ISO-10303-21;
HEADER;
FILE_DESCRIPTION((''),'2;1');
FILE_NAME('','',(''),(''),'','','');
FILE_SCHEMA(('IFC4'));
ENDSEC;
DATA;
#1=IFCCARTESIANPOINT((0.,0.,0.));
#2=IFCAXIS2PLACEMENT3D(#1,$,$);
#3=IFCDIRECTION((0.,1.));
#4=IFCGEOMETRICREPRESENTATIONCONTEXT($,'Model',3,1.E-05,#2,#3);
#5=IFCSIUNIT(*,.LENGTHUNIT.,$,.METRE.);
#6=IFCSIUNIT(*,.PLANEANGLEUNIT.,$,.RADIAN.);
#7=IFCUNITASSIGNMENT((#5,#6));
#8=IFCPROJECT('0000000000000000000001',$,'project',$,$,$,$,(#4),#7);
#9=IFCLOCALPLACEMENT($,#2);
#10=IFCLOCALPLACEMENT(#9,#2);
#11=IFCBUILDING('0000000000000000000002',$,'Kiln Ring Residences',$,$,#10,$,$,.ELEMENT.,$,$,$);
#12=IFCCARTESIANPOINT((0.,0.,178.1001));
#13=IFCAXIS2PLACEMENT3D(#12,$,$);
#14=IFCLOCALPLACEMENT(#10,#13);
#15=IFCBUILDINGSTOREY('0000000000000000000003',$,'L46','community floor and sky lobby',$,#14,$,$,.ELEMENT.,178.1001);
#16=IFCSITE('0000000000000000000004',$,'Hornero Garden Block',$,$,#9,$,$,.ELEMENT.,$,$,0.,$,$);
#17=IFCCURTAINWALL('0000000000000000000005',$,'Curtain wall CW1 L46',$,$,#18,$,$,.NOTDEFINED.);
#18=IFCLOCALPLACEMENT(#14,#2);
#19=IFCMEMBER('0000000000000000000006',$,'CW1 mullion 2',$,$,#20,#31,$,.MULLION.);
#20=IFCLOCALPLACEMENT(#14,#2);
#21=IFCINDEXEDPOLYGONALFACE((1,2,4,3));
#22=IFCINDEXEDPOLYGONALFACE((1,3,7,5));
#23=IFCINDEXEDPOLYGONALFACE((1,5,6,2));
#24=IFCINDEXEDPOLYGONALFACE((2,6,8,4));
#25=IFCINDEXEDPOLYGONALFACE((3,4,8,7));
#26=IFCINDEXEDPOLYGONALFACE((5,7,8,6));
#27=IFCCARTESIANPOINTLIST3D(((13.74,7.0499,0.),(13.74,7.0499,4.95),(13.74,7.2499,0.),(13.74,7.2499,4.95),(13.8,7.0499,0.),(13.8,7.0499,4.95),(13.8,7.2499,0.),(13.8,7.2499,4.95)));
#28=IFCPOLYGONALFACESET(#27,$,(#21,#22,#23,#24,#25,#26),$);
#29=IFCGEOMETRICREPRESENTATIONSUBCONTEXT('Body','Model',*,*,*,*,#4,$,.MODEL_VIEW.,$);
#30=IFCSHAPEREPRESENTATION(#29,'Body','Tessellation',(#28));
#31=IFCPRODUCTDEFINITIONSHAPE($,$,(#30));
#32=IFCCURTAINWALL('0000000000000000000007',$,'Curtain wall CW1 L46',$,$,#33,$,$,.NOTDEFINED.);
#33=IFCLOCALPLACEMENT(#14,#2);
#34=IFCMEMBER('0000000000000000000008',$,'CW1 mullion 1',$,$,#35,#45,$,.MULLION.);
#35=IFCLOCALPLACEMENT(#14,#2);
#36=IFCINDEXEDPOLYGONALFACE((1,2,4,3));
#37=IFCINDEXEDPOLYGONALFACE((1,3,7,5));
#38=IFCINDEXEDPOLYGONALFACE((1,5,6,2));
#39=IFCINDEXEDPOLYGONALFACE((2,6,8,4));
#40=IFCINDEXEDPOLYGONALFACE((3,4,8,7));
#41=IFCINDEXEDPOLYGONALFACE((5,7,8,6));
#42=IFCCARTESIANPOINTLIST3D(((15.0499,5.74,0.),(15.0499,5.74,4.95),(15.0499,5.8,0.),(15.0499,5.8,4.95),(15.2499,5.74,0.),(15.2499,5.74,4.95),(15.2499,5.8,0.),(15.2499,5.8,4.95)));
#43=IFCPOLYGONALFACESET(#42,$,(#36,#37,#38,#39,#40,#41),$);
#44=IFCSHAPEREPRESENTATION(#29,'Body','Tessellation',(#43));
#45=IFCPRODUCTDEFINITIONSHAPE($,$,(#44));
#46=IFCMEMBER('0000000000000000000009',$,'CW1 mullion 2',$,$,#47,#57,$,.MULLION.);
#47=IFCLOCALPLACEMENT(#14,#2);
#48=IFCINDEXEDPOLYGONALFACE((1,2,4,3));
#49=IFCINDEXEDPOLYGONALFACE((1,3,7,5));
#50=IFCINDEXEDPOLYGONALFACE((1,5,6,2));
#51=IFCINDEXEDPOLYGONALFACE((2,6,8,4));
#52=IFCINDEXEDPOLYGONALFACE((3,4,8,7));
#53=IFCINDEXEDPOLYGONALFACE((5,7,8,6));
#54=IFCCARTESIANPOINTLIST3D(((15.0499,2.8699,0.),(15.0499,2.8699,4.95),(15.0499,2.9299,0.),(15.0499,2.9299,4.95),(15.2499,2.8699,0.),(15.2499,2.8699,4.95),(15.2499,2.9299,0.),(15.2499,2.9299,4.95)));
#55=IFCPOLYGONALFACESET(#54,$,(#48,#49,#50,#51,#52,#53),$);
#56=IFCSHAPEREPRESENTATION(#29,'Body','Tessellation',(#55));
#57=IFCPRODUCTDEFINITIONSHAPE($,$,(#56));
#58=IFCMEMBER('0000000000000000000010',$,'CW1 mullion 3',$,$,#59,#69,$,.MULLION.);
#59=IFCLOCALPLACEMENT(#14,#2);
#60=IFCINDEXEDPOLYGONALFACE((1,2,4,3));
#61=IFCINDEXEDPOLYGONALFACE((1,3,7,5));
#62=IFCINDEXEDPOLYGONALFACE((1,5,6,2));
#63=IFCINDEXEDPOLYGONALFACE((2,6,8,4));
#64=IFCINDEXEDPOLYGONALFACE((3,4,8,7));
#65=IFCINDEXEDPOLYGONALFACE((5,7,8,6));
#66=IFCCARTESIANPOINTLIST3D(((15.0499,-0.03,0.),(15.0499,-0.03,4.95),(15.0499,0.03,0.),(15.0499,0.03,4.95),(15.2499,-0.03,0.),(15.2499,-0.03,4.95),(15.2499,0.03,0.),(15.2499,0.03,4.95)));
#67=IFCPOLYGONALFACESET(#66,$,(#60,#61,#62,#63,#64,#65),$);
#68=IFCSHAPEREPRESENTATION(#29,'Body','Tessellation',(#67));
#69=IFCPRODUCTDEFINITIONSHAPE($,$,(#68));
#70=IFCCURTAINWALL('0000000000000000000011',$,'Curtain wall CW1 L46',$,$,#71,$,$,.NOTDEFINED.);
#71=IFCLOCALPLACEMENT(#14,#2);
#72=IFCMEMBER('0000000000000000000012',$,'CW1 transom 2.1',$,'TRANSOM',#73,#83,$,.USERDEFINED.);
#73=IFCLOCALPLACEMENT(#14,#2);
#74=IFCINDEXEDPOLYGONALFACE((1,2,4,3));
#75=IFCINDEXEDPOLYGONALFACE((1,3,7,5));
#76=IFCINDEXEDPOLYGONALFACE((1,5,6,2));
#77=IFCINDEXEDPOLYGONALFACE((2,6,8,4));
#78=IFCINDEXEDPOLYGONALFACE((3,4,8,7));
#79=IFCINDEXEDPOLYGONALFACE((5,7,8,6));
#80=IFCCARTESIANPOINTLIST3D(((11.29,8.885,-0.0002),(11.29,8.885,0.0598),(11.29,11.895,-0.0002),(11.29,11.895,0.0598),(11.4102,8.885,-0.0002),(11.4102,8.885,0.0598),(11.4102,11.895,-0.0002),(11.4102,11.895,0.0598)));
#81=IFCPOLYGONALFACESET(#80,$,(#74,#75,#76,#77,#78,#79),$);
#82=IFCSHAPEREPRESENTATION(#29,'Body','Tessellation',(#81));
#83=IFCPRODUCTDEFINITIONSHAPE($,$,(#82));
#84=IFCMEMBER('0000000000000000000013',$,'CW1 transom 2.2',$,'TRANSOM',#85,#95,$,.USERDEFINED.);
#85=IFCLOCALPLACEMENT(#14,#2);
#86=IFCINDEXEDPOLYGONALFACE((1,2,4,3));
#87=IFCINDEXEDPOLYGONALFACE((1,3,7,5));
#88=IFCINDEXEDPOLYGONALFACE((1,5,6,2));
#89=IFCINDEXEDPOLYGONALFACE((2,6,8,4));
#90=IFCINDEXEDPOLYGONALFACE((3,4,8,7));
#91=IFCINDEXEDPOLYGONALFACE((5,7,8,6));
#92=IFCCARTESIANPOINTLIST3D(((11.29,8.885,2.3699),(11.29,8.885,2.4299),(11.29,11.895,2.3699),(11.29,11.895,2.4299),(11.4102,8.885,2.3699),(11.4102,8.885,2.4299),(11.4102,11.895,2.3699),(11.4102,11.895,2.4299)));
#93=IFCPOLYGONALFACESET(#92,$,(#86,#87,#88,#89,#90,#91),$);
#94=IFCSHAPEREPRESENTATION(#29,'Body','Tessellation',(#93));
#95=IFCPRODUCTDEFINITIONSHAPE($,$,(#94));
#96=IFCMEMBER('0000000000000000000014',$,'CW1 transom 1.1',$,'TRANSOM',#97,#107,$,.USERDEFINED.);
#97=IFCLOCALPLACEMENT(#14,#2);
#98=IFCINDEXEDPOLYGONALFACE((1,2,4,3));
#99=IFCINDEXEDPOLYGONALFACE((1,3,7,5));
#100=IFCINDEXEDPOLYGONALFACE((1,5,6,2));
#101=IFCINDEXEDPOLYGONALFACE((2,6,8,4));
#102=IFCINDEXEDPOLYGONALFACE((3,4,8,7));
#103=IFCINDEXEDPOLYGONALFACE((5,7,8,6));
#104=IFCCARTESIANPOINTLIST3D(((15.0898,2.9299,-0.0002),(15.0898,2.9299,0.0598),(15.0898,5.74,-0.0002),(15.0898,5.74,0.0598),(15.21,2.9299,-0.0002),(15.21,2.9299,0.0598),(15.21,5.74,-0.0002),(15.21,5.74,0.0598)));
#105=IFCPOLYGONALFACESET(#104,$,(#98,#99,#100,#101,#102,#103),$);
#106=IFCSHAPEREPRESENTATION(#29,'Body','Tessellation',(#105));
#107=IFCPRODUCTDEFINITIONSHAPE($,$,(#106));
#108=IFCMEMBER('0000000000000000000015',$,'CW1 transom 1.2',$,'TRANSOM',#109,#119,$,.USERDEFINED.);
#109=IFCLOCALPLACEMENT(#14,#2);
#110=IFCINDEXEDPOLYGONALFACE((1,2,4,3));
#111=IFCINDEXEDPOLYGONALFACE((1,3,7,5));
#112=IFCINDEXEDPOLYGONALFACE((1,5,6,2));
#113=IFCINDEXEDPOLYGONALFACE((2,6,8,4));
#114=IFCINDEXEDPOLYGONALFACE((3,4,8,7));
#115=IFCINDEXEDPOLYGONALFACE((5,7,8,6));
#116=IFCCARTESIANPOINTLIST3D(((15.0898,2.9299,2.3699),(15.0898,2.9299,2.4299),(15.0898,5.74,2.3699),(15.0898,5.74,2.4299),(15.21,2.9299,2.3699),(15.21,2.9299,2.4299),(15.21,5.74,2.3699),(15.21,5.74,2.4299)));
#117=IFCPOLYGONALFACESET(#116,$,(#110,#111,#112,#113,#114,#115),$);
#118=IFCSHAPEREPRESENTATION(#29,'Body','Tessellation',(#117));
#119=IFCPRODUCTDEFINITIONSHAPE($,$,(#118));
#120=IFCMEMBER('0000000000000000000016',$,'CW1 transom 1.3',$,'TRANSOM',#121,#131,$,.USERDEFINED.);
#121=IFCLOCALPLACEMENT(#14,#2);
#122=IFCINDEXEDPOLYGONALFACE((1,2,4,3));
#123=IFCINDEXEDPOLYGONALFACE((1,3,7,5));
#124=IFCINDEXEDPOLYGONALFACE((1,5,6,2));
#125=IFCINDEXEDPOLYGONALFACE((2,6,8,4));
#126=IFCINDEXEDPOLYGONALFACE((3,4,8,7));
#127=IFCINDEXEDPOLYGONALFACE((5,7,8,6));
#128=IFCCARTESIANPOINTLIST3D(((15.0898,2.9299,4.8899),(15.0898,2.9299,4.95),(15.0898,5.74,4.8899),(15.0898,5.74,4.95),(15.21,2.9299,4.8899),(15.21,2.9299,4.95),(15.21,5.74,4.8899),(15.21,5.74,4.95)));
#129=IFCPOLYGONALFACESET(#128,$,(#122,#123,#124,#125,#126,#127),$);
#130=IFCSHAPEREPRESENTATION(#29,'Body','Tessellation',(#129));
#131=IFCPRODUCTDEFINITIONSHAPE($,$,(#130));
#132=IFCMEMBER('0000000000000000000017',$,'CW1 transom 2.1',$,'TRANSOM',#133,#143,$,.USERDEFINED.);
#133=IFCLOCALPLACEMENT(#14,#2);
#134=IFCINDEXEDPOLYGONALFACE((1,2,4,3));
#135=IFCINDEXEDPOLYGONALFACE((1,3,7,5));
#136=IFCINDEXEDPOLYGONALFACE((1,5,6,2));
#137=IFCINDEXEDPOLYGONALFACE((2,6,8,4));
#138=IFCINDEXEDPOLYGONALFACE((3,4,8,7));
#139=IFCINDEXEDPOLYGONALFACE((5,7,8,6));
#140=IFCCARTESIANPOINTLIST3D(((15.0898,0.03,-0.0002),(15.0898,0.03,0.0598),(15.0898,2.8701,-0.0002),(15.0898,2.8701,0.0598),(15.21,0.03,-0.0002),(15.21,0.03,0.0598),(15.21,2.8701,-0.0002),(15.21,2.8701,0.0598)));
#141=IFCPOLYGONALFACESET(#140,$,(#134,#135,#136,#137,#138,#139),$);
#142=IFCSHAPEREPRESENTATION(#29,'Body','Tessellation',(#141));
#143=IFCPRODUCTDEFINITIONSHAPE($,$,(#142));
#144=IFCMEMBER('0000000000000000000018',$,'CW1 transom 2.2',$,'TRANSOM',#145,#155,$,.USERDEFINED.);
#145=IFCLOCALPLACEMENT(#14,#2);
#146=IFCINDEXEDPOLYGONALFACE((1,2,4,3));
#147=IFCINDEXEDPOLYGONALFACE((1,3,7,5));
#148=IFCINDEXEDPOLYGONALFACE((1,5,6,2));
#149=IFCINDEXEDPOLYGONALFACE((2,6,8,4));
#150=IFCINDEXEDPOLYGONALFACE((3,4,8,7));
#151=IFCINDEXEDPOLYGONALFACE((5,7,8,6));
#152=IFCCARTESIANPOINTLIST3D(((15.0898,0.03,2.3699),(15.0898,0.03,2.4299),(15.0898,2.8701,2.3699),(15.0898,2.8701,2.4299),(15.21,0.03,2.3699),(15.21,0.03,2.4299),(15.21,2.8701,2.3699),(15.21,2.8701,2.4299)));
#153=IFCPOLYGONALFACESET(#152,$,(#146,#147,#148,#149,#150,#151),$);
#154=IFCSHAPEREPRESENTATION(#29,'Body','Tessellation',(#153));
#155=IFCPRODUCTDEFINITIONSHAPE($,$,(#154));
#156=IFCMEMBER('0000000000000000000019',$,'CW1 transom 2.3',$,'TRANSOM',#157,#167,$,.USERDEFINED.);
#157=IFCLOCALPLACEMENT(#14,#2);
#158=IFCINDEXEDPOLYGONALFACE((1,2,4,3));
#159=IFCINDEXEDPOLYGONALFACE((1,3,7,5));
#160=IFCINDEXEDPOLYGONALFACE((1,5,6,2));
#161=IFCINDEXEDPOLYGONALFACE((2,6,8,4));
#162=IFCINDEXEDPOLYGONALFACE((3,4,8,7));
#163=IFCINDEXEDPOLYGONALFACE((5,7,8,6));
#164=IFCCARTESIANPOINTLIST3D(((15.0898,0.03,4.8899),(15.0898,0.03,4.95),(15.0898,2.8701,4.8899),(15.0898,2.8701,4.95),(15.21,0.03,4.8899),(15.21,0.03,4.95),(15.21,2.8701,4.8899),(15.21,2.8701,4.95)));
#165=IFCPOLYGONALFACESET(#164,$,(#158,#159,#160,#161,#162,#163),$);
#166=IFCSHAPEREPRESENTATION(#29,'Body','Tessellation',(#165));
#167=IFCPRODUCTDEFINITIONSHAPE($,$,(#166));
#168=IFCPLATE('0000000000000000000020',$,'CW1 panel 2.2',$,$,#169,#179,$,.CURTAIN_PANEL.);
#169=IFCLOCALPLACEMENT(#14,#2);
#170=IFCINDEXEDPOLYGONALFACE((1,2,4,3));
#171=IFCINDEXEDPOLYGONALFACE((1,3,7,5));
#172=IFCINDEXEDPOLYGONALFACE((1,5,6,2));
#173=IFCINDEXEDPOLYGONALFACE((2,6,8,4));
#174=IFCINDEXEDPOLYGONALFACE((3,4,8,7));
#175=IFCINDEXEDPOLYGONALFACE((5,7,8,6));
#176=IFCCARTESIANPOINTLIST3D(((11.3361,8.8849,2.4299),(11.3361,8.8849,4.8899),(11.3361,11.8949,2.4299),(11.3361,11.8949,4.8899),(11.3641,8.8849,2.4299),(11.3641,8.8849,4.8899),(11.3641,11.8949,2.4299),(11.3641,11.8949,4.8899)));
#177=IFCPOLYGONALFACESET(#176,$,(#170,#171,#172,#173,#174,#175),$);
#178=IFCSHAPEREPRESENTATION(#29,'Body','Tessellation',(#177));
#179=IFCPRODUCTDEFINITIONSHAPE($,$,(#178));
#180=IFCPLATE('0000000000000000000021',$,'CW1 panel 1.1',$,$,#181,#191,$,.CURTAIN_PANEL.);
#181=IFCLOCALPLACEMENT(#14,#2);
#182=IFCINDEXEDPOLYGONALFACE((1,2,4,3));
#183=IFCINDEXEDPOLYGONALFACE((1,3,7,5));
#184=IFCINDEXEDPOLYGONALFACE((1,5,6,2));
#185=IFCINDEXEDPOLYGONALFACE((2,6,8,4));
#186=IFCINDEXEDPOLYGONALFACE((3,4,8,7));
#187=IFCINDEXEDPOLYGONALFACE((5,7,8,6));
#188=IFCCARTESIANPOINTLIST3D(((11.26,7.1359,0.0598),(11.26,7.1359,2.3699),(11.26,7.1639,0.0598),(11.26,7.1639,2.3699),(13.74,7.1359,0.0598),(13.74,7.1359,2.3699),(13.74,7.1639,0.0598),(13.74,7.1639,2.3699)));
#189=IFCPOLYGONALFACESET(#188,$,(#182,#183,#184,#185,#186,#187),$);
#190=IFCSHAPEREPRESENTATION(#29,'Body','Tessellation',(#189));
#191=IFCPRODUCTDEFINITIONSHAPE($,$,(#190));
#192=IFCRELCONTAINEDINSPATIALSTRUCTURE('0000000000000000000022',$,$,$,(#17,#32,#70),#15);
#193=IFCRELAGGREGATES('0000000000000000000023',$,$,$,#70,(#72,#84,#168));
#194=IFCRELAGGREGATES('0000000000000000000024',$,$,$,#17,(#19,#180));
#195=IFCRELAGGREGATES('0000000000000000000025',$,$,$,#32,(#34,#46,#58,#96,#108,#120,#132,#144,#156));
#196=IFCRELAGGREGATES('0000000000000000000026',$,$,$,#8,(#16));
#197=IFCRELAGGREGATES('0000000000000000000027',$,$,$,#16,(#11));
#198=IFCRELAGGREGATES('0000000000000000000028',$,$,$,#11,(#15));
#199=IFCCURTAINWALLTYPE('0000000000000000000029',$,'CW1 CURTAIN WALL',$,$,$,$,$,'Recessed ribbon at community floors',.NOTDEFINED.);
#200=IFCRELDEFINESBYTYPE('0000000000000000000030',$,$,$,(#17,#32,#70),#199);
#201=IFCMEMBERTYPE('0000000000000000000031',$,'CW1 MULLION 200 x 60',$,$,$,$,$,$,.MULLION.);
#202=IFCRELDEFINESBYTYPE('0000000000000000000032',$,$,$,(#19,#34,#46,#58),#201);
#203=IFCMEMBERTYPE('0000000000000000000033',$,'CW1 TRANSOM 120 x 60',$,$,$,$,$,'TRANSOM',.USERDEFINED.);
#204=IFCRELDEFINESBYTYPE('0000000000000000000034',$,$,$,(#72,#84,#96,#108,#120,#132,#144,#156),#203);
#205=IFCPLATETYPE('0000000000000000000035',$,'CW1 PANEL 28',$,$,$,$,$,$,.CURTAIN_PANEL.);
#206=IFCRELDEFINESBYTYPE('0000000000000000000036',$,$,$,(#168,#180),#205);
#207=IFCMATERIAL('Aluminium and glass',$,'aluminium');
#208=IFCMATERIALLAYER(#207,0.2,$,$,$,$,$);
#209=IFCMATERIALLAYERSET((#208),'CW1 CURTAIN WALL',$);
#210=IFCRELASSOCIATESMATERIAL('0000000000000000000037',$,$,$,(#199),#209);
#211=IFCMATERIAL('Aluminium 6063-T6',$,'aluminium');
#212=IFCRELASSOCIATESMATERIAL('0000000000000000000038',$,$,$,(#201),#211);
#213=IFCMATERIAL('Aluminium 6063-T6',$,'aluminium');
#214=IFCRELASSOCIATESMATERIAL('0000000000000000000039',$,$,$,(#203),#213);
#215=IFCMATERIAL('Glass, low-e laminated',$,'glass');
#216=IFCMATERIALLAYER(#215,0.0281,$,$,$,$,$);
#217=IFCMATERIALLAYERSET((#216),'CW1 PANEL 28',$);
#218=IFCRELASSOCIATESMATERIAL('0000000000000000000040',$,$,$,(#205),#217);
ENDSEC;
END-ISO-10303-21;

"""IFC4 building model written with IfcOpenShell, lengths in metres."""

from ifc_helpers import new_model, si_unit, direction, frame, origin, origin_2d, place, context, subcontext, project, spatial, rectangle, extrude, material, layer, layer_set, material_profile, profile_set, type_object, element, aggregate, save


model = new_model("IFC4")

# Units and contexts
model_context = context("Model", 3, precision=1e-05, world=origin(), true_north=direction((0.0, 1.0)))
body_context = subcontext(model_context, "Body", "Model", "MODEL_VIEW")
ifc_project = project(units=[si_unit("LENGTHUNIT", "METRE"), si_unit("PLANEANGLEUNIT", "RADIAN")], contexts=[model_context])

# Site, building, storey
site_placement = place(None, origin())
site = spatial("IfcSite", under=ifc_project, at=site_placement, Name="Hornero Garden Block", CompositionType="ELEMENT", RefElevation=0.0)
building_placement = place(site_placement, origin())
building = spatial("IfcBuilding", under=site, at=building_placement, Name="Kiln Ring Residences", CompositionType="ELEMENT")
storey_placement = place(building_placement, frame((0.0, 0.0, 178.1001)))
storey = spatial("IfcBuildingStorey", under=building, at=storey_placement, Name="L46", Description="community floor and sky lobby", CompositionType="ELEMENT", Elevation=178.1001)

# Curtain wall, member
ifc_material_1 = material(Name="Aluminium and glass", Category="aluminium")
ifc_layer_1 = layer(ifc_material_1, 0.2)
ifc_layer_set_1 = layer_set([ifc_layer_1], Name="CW1 CURTAIN WALL")
curtain_wall_type = type_object("IfcCurtainWallType", Name="CW1 CURTAIN WALL", ElementType="Recessed ribbon at community floors", PredefinedType="NOTDEFINED", material=ifc_layer_set_1)
placement = place(storey_placement, origin())
curtain_wall_1 = element("IfcCurtainWall", 1, at=placement, inside=storey, type_object=curtain_wall_type, Name="Curtain wall CW1 L46", PredefinedType="NOTDEFINED")
ifc_material_2 = material(Name="Aluminium 6063-T6", Category="aluminium")
ifc_material_profile_1 = material_profile(ifc_material_2, rectangle(XDim=0.2, YDim=0.0601, at=origin_2d()), Name="AL 200x60")
ifc_profile_set_1 = profile_set([ifc_material_profile_1], Name="Aluminium 6063-T6")
member_type_1 = type_object("IfcMemberType", Name="CW1 MULLION 200 x 60", PredefinedType="MULLION", material=ifc_profile_set_1)
member_1_placement = place(storey_placement, frame((13.77, 7.1499, 0.0), z_axis=(0.0, 0.0, 1.0), x_axis=(0.0, 1.0, 0.0)))
member_1 = element("IfcMember", 2, at=member_1_placement, type_object=member_type_1, Name="CW1 mullion 2", PredefinedType="MULLION", context=body_context, shape_type="SweptSolid", body=[
    extrude(rectangle(XDim=0.2, YDim=0.0601, at=origin_2d()), origin(), (0.0, 0.0, 1.0), 4.95),
])

# Curtain walls, members
curtain_wall_2 = element("IfcCurtainWall", 3, at=placement, inside=storey, type_object=curtain_wall_type, Name="Curtain wall CW1 L46", PredefinedType="NOTDEFINED")
member_2_placement = place(storey_placement, frame((15.1499, 5.77, 0.0), z_axis=(0.0, 0.0, 1.0), x_axis=(1.0, 0.0, 0.0)))
member_2 = element("IfcMember", 4, at=member_2_placement, type_object=member_type_1, Name="CW1 mullion 1", PredefinedType="MULLION", context=body_context, shape_type="SweptSolid", body=[
    extrude(rectangle(XDim=0.2, YDim=0.0601, at=origin_2d()), origin(), (0.0, 0.0, 1.0), 4.95),
])
member_3_placement = place(storey_placement, frame((15.1499, 2.8999, 0.0), z_axis=(0.0, 0.0, 1.0), x_axis=(1.0, 0.0, 0.0)))
member_3 = element("IfcMember", 5, at=member_3_placement, type_object=member_type_1, Name="CW1 mullion 2", PredefinedType="MULLION", context=body_context, shape_type="SweptSolid", body=[
    extrude(rectangle(XDim=0.2, YDim=0.0601, at=origin_2d()), origin(), (0.0, 0.0, 1.0), 4.95),
])
member_4_placement = place(storey_placement, frame((15.1499, 0.0, 0.0), z_axis=(0.0, 0.0, 1.0), x_axis=(1.0, 0.0, 0.0)))
member_4 = element("IfcMember", 6, at=member_4_placement, type_object=member_type_1, Name="CW1 mullion 3", PredefinedType="MULLION", context=body_context, shape_type="SweptSolid", body=[
    extrude(rectangle(XDim=0.2, YDim=0.0601, at=origin_2d()), origin(), (0.0, 0.0, 1.0), 4.95),
])
curtain_wall_3 = element("IfcCurtainWall", 7, at=placement, inside=storey, type_object=curtain_wall_type, Name="Curtain wall CW1 L46", PredefinedType="NOTDEFINED")
ifc_material_3 = material(Name="Aluminium 6063-T6", Category="aluminium")
ifc_material_profile_2 = material_profile(ifc_material_3, rectangle(XDim=0.1201, YDim=0.0601, at=origin_2d()), Name="AL 120x60")
ifc_profile_set_2 = profile_set([ifc_material_profile_2], Name="Aluminium 6063-T6")
member_type_2 = type_object("IfcMemberType", Name="CW1 TRANSOM 120 x 60", ElementType="TRANSOM", PredefinedType="USERDEFINED", material=ifc_profile_set_2)
member_5_placement = place(storey_placement, frame((11.3501, 11.895, 0.0298), z_axis=(0.0, -1.0, 0.0), x_axis=(1.0, 0.0, 0.0)))
member_5 = element("IfcMember", 8, at=member_5_placement, type_object=member_type_2, Name="CW1 transom 2.1", ObjectType="TRANSOM", PredefinedType="USERDEFINED", context=body_context, shape_type="SweptSolid", body=[
    extrude(rectangle(XDim=0.1201, YDim=0.0601, at=origin_2d()), origin(), (0.0, 0.0, 1.0), 3.01),
])
member_6_placement = place(storey_placement, frame((11.3501, 11.895, 2.3999), z_axis=(0.0, -1.0, 0.0), x_axis=(1.0, 0.0, 0.0)))
member_6 = element("IfcMember", 9, at=member_6_placement, type_object=member_type_2, Name="CW1 transom 2.2", ObjectType="TRANSOM", PredefinedType="USERDEFINED", context=body_context, shape_type="SweptSolid", body=[
    extrude(rectangle(XDim=0.1201, YDim=0.0601, at=origin_2d()), origin(), (0.0, 0.0, 1.0), 3.01),
])

# Members
member_7_placement = place(storey_placement, frame((15.1499, 5.74, 0.0298), z_axis=(0.0, -1.0, 0.0), x_axis=(1.0, 0.0, 0.0)))
member_7 = element("IfcMember", 10, at=member_7_placement, type_object=member_type_2, Name="CW1 transom 1.1", ObjectType="TRANSOM", PredefinedType="USERDEFINED", context=body_context, shape_type="SweptSolid", body=[
    extrude(rectangle(XDim=0.1201, YDim=0.0601, at=origin_2d()), origin(), (0.0, 0.0, 1.0), 2.8101),
])
member_8_placement = place(storey_placement, frame((15.1499, 5.74, 2.3999), z_axis=(0.0, -1.0, 0.0), x_axis=(1.0, 0.0, 0.0)))
member_8 = element("IfcMember", 11, at=member_8_placement, type_object=member_type_2, Name="CW1 transom 1.2", ObjectType="TRANSOM", PredefinedType="USERDEFINED", context=body_context, shape_type="SweptSolid", body=[
    extrude(rectangle(XDim=0.1201, YDim=0.0601, at=origin_2d()), origin(), (0.0, 0.0, 1.0), 2.8101),
])
member_9_placement = place(storey_placement, frame((15.1499, 5.74, 4.9199), z_axis=(0.0, -1.0, 0.0), x_axis=(1.0, 0.0, 0.0)))
member_9 = element("IfcMember", 12, at=member_9_placement, type_object=member_type_2, Name="CW1 transom 1.3", ObjectType="TRANSOM", PredefinedType="USERDEFINED", context=body_context, shape_type="SweptSolid", body=[
    extrude(rectangle(XDim=0.1201, YDim=0.0601, at=origin_2d()), origin(), (0.0, 0.0, 1.0), 2.8101),
])
member_10_placement = place(storey_placement, frame((15.1499, 2.8701, 0.0298), z_axis=(0.0, -1.0, 0.0), x_axis=(1.0, 0.0, 0.0)))
member_10 = element("IfcMember", 13, at=member_10_placement, type_object=member_type_2, Name="CW1 transom 2.1", ObjectType="TRANSOM", PredefinedType="USERDEFINED", context=body_context, shape_type="SweptSolid", body=[
    extrude(rectangle(XDim=0.1201, YDim=0.0601, at=origin_2d()), origin(), (0.0, 0.0, 1.0), 2.8401),
])
member_11_placement = place(storey_placement, frame((15.1499, 2.8701, 2.3999), z_axis=(0.0, -1.0, 0.0), x_axis=(1.0, 0.0, 0.0)))
member_11 = element("IfcMember", 14, at=member_11_placement, type_object=member_type_2, Name="CW1 transom 2.2", ObjectType="TRANSOM", PredefinedType="USERDEFINED", context=body_context, shape_type="SweptSolid", body=[
    extrude(rectangle(XDim=0.1201, YDim=0.0601, at=origin_2d()), origin(), (0.0, 0.0, 1.0), 2.8401),
])
member_12_placement = place(storey_placement, frame((15.1499, 2.8701, 4.9199), z_axis=(0.0, -1.0, 0.0), x_axis=(1.0, 0.0, 0.0)))
member_12 = element("IfcMember", 15, at=member_12_placement, type_object=member_type_2, Name="CW1 transom 2.3", ObjectType="TRANSOM", PredefinedType="USERDEFINED", context=body_context, shape_type="SweptSolid", body=[
    extrude(rectangle(XDim=0.1201, YDim=0.0601, at=origin_2d()), origin(), (0.0, 0.0, 1.0), 2.8401),
])

# Plates
ifc_material_4 = material(Name="Glass, low-e laminated", Category="glass")
ifc_layer_2 = layer(ifc_material_4, 0.0281)
ifc_layer_set_2 = layer_set([ifc_layer_2], Name="CW1 PANEL 28")
plate_type = type_object("IfcPlateType", Name="CW1 PANEL 28", PredefinedType="CURTAIN_PANEL", material=ifc_layer_set_2)
plate_1_placement = place(storey_placement, frame((11.3501, 10.3899, 2.4299), z_axis=(0.0, 0.0, 1.0), x_axis=(0.0, -1.0, 0.0)))
plate_1 = element("IfcPlate", 16, at=plate_1_placement, type_object=plate_type, Name="CW1 panel 2.2", PredefinedType="CURTAIN_PANEL", context=body_context, shape_type="SweptSolid", body=[
    extrude(rectangle(XDim=3.01, YDim=0.0281, at=origin_2d()), origin(), (0.0, 0.0, 1.0), 2.46),
])
aggregate(curtain_wall_3, [member_5, member_6, plate_1])
plate_2_placement = place(storey_placement, frame((12.5, 7.1499, 0.0598), z_axis=(0.0, 0.0, 1.0), x_axis=(1.0, 0.0, 0.0)))
plate_2 = element("IfcPlate", 17, at=plate_2_placement, type_object=plate_type, Name="CW1 panel 1.1", PredefinedType="CURTAIN_PANEL", context=body_context, shape_type="SweptSolid", body=[
    extrude(rectangle(XDim=2.48, YDim=0.0281, at=origin_2d()), origin(), (0.0, 0.0, 1.0), 2.3101),
])
aggregate(curtain_wall_1, [member_1, plate_2])
aggregate(curtain_wall_2, [member_2, member_3, member_4, member_7, member_8, member_9, member_10, member_11, member_12])

save(model, "model.ifc")
